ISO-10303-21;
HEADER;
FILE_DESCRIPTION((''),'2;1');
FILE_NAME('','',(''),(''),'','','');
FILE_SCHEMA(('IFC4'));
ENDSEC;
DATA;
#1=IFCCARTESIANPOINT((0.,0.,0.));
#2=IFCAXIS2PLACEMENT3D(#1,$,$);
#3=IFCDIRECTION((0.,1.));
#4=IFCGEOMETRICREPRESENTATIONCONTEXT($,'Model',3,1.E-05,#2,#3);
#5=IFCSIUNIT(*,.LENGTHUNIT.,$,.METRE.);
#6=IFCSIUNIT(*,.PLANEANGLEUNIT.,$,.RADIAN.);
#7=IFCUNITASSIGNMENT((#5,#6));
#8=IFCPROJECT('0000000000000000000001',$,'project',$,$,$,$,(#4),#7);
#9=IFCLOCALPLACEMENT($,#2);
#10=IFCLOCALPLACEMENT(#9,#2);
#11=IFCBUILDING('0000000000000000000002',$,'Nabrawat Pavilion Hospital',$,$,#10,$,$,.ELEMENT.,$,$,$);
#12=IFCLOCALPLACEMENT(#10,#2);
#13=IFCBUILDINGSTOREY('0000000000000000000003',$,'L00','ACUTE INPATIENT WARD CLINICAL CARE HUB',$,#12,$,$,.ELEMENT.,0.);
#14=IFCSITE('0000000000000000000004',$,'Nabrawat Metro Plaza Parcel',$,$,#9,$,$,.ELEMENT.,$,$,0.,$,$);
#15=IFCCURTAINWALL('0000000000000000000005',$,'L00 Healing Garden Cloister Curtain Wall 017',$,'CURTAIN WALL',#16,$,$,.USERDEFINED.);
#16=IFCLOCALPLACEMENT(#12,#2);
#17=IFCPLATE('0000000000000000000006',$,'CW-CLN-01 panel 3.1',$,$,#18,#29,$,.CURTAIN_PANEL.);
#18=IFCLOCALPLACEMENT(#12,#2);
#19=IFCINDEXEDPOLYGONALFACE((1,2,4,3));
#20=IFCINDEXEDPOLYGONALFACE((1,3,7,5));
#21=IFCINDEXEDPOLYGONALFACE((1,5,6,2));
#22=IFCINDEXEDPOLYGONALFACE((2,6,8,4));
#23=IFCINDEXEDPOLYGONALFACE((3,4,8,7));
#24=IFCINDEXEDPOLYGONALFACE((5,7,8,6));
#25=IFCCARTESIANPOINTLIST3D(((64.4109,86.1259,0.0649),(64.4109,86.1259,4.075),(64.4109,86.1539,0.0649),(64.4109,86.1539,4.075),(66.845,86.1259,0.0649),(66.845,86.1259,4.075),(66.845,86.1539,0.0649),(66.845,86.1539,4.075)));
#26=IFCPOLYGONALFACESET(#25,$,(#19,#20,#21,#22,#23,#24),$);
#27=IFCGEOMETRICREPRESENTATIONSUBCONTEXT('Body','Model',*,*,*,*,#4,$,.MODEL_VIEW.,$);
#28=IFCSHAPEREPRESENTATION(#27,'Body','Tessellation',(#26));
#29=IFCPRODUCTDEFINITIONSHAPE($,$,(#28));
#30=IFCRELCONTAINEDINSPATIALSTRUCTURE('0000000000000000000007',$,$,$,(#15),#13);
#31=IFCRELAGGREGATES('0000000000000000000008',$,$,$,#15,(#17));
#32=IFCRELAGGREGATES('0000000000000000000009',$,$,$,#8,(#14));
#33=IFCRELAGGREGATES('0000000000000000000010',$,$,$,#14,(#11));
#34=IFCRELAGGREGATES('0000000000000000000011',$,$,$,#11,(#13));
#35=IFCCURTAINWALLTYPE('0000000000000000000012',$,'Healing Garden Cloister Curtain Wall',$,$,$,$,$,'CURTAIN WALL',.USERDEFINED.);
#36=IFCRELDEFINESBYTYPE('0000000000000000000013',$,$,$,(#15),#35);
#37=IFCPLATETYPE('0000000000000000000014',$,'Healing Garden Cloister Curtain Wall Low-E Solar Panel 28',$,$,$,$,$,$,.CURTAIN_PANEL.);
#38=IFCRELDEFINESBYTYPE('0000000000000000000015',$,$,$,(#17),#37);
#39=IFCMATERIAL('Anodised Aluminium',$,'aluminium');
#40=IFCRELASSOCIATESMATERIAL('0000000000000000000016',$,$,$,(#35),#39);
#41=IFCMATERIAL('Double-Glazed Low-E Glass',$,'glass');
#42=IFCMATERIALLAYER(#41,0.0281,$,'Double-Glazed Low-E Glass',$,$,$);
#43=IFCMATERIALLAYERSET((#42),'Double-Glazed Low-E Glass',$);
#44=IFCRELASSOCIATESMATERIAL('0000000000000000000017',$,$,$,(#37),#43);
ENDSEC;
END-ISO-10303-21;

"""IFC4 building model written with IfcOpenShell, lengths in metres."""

from ifc_helpers import new_model, si_unit, direction, frame, origin, origin_2d, place, context, subcontext, project, spatial, rectangle, extrude, material, layer, layer_set, type_object, element, aggregate, save


model = new_model("IFC4")

# Units and contexts
model_context = context("Model", 3, precision=1e-05, world=origin(), true_north=direction((0.0, 1.0)))
body_context = subcontext(model_context, "Body", "Model", "MODEL_VIEW")
ifc_project = project(units=[si_unit("LENGTHUNIT", "METRE"), si_unit("PLANEANGLEUNIT", "RADIAN")], contexts=[model_context])

# Site, building, storey
site_placement = place(None, origin())
site = spatial("IfcSite", under=ifc_project, at=site_placement, Name="Nabrawat Metro Plaza Parcel", CompositionType="ELEMENT", RefElevation=0.0)
building_placement = place(site_placement, origin())
building = spatial("IfcBuilding", under=site, at=building_placement, Name="Nabrawat Pavilion Hospital", CompositionType="ELEMENT")
storey_placement = place(building_placement, origin())
storey = spatial("IfcBuildingStorey", under=building, at=storey_placement, Name="L00", Description="ACUTE INPATIENT WARD CLINICAL CARE HUB", CompositionType="ELEMENT", Elevation=0.0)

# Curtain wall
ifc_material_1 = material(Name="Anodised Aluminium", Category="aluminium")
curtain_wall_type = type_object("IfcCurtainWallType", Name="Healing Garden Cloister Curtain Wall", ElementType="CURTAIN WALL", PredefinedType="USERDEFINED", material=ifc_material_1)
curtain_wall_1_placement = place(storey_placement, origin())
curtain_wall_1 = element("IfcCurtainWall", 1, at=curtain_wall_1_placement, inside=storey, type_object=curtain_wall_type, Name="L00 Healing Garden Cloister Curtain Wall 017", ObjectType="CURTAIN WALL", PredefinedType="USERDEFINED")

# Plate
ifc_material_2 = material(Name="Double-Glazed Low-E Glass", Category="glass")
ifc_layer = layer(ifc_material_2, 0.0281, Name="Double-Glazed Low-E Glass")
ifc_layer_set = layer_set([ifc_layer], Name="Double-Glazed Low-E Glass")
plate_type = type_object("IfcPlateType", Name="Healing Garden Cloister Curtain Wall Low-E Solar Panel 28", PredefinedType="CURTAIN_PANEL", material=ifc_layer_set)
plate_1_placement = place(storey_placement, frame((65.6279, 86.1399, 0.0649), z_axis=(0.0, 0.0, 1.0), x_axis=(1.0, 0.0, 0.0)))
plate_1 = element("IfcPlate", 2, at=plate_1_placement, type_object=plate_type, Name="CW-CLN-01 panel 3.1", PredefinedType="CURTAIN_PANEL", context=body_context, shape_type="SweptSolid", body=[
    extrude(rectangle(XDim=2.4341, YDim=0.0281, at=origin_2d()), origin(), (0.0, 0.0, 1.0), 4.01),
])
aggregate(curtain_wall_1, [plate_1])

save(model, "model.ifc")
